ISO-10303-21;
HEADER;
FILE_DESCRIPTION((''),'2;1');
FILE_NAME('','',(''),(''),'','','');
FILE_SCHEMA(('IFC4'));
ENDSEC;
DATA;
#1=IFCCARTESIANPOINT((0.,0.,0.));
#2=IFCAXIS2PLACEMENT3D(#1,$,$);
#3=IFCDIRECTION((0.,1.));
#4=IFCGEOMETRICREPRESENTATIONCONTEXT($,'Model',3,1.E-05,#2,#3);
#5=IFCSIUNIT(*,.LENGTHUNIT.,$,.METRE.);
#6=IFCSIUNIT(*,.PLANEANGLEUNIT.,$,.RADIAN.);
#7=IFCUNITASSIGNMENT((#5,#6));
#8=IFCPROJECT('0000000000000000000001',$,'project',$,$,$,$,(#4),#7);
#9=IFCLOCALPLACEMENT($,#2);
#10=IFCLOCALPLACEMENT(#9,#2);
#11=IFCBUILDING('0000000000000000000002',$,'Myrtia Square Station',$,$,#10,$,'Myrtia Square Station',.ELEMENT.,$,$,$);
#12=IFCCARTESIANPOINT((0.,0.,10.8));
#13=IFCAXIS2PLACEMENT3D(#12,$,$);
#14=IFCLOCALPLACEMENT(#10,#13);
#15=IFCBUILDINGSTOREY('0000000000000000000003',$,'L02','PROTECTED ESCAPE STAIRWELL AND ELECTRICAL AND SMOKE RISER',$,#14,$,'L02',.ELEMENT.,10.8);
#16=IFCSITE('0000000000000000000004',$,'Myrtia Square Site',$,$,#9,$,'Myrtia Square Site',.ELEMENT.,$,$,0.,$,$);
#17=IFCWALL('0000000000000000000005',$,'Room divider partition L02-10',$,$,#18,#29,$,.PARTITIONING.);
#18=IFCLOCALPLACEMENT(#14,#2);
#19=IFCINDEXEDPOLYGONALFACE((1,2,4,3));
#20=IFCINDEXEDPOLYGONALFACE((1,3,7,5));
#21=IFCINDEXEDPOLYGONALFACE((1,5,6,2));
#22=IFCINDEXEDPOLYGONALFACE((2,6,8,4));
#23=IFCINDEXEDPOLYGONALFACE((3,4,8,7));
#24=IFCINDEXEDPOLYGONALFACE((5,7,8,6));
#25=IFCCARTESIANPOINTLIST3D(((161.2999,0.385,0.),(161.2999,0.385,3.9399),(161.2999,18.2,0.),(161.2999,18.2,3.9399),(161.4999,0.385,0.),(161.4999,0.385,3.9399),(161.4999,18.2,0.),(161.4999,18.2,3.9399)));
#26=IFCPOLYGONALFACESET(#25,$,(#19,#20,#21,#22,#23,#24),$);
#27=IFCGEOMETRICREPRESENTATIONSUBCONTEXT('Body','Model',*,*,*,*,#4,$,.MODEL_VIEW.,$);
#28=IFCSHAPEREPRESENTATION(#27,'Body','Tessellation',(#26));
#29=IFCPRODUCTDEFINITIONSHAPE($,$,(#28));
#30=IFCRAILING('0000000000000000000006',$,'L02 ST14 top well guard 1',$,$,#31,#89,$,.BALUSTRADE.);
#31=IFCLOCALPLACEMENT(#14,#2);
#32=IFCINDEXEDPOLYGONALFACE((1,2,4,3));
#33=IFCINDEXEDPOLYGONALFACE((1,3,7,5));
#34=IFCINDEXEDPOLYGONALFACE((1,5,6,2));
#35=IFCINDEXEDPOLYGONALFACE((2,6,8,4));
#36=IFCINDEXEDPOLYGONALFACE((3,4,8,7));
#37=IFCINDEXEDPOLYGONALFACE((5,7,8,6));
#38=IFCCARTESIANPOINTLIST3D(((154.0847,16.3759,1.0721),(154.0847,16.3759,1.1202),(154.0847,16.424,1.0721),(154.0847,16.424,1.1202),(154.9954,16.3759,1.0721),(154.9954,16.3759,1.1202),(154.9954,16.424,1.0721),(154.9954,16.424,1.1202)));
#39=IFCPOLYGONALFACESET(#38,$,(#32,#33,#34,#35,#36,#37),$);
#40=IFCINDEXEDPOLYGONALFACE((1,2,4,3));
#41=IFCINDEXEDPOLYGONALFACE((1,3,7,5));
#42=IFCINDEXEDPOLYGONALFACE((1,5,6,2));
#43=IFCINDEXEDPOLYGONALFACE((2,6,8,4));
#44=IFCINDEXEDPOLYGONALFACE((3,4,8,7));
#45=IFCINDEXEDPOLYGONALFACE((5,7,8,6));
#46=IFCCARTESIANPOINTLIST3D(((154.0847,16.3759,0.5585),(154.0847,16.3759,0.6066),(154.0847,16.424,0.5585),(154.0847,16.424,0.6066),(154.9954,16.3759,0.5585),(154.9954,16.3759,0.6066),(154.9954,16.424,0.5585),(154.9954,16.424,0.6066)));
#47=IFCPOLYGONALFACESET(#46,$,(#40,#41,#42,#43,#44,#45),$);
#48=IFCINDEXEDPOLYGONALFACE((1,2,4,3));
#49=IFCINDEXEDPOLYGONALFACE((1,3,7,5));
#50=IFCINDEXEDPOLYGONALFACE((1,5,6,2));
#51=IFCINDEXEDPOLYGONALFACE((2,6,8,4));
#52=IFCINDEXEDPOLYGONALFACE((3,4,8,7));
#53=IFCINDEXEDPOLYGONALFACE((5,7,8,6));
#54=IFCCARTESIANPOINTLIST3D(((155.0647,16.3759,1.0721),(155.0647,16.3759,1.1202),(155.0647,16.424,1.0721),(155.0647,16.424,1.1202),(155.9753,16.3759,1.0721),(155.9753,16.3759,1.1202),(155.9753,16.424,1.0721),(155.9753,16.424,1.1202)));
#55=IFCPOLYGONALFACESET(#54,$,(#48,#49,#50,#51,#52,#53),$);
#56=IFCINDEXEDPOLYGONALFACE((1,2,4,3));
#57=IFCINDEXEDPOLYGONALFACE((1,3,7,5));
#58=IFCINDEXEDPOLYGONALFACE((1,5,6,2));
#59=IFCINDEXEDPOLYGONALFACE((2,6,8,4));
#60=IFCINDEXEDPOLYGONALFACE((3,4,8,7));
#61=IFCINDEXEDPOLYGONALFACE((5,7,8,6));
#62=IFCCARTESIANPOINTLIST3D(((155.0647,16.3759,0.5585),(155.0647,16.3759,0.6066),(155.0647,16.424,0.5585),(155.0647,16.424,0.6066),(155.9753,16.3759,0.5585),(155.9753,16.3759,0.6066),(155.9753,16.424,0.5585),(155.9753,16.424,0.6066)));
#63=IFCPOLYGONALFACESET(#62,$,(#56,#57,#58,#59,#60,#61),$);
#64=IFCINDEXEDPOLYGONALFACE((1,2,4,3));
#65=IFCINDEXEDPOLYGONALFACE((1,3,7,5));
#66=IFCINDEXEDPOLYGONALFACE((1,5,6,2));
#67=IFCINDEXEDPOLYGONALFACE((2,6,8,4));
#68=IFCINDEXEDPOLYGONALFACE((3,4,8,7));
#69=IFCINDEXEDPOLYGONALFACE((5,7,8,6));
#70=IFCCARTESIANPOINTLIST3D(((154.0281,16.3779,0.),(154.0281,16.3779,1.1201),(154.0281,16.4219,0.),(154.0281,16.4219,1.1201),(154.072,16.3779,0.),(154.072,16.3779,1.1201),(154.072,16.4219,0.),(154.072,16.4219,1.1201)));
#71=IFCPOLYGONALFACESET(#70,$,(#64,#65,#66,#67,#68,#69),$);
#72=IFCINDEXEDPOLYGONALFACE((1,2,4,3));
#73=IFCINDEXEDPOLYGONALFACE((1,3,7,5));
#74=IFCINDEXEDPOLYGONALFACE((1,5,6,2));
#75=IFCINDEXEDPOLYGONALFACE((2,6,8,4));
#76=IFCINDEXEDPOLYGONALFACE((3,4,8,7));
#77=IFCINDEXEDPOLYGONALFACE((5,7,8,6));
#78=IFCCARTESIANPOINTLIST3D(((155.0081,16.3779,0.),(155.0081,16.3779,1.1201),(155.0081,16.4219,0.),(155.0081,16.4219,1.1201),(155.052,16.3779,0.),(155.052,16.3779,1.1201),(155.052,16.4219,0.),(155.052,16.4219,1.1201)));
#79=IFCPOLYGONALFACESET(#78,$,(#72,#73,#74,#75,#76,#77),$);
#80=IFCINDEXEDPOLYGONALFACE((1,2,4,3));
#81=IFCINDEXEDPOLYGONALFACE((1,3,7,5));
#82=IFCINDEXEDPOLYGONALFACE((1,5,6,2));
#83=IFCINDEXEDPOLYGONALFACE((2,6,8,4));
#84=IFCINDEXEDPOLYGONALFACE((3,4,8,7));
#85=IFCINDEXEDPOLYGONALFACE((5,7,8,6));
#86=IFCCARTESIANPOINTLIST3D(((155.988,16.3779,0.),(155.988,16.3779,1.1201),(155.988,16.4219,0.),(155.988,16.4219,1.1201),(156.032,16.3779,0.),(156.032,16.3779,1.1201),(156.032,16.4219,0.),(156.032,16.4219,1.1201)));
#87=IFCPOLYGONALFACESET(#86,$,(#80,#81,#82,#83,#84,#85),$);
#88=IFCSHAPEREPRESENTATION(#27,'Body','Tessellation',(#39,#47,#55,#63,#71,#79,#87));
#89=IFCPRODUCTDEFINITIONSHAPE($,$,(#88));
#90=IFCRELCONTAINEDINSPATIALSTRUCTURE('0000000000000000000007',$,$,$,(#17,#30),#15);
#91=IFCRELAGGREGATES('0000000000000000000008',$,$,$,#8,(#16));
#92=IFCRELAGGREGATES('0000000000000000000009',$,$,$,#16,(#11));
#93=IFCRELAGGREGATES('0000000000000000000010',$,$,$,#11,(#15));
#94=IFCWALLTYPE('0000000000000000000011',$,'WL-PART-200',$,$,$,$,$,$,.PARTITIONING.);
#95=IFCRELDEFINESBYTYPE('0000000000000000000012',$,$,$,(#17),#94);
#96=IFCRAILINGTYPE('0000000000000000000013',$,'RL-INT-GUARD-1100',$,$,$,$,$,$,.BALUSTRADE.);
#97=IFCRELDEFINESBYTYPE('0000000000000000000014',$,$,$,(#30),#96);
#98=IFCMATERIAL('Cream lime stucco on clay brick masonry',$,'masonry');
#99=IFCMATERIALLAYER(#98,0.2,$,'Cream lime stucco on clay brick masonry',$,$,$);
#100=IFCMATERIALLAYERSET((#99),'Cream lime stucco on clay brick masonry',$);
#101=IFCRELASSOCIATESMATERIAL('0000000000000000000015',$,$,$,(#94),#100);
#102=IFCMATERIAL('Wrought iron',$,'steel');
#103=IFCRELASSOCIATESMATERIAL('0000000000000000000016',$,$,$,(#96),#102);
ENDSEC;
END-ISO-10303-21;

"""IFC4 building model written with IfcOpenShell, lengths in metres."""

from ifc_helpers import new_model, si_unit, direction, frame, frame_2d, origin, origin_2d, place, context, subcontext, project, spatial, rectangle, extrude, material, layer, layer_set, type_object, element, save


model = new_model("IFC4")

# Units and contexts
model_context = context("Model", 3, precision=1e-05, world=origin(), true_north=direction((0.0, 1.0)))
body_context = subcontext(model_context, "Body", "Model", "MODEL_VIEW")
ifc_project = project(units=[si_unit("LENGTHUNIT", "METRE"), si_unit("PLANEANGLEUNIT", "RADIAN")], contexts=[model_context])

# Site, building, storey
site_placement = place(None, origin())
site = spatial("IfcSite", under=ifc_project, at=site_placement, Name="Myrtia Square Site", LongName="Myrtia Square Site", CompositionType="ELEMENT", RefElevation=0.0)
building_placement = place(site_placement, origin())
building = spatial("IfcBuilding", under=site, at=building_placement, Name="Myrtia Square Station", LongName="Myrtia Square Station", CompositionType="ELEMENT")
storey_placement = place(building_placement, frame((0.0, 0.0, 10.8)))
storey = spatial("IfcBuildingStorey", under=building, at=storey_placement, Name="L02", Description="PROTECTED ESCAPE STAIRWELL AND ELECTRICAL AND SMOKE RISER", LongName="L02", CompositionType="ELEMENT", Elevation=10.8)

# Shared definitions
ifc_material_1 = material(Name="Cream lime stucco on clay brick masonry", Category="masonry")

# Wall
ifc_layer_1 = layer(ifc_material_1, 0.2, Name="Cream lime stucco on clay brick masonry")
ifc_layer_set_1 = layer_set([ifc_layer_1], Name="Cream lime stucco on clay brick masonry")
wall_type_1 = type_object("IfcWallType", Name="WL-PART-200", PredefinedType="PARTITIONING", material=ifc_layer_set_1)
wall_1_placement = place(storey_placement, frame((161.3999, 0.385, 0.0), z_axis=(0.0, 0.0, 1.0), x_axis=(0.0, 1.0, 0.0)))
element("IfcWall", 1, at=wall_1_placement, inside=storey, type_object=wall_type_1, Name="Room divider partition L02-10", PredefinedType="PARTITIONING", context=body_context, shape_type="SweptSolid", body=[
    extrude(rectangle(XDim=17.8149, YDim=0.2, at=frame_2d((8.9075, 0.0))), origin(), (0.0, 0.0, 1.0), 3.9399),
])

# Railing
ifc_material_2 = material(Name="Wrought iron", Category="steel")
railing_type = type_object("IfcRailingType", Name="RL-INT-GUARD-1100", PredefinedType="BALUSTRADE", material=ifc_material_2)
railing_placement = place(storey_placement, frame((154.05, 16.3999, 0.0)))
element("IfcRailing", 2, at=railing_placement, inside=storey, type_object=railing_type, Name="L02 ST14 top well guard 1", PredefinedType="BALUSTRADE", context=body_context, shape_type="SweptSolid", body=[
    extrude(rectangle(XDim=0.0481, YDim=0.0481, at=origin_2d()), frame((0.0347, 0.0, 1.0962), z_axis=(1.0, 0.0, 0.0), x_axis=(0.0, 1.0, 0.0)), (0.0, 0.0, 1.0), 0.9106),
    extrude(rectangle(XDim=0.0481, YDim=0.0481, at=origin_2d()), frame((0.0347, 0.0, 0.5825), z_axis=(1.0, 0.0, 0.0), x_axis=(0.0, 1.0, 0.0)), (0.0, 0.0, 1.0), 0.9106),
    extrude(rectangle(XDim=0.0481, YDim=0.0481, at=origin_2d()), frame((1.0146, 0.0, 1.0962), z_axis=(1.0, 0.0, 0.0), x_axis=(0.0, 1.0, 0.0)), (0.0, 0.0, 1.0), 0.9106),
    extrude(rectangle(XDim=0.0481, YDim=0.0481, at=origin_2d()), frame((1.0146, 0.0, 0.5825), z_axis=(1.0, 0.0, 0.0), x_axis=(0.0, 1.0, 0.0)), (0.0, 0.0, 1.0), 0.9106),
    extrude(rectangle(XDim=0.0439, YDim=0.0439, at=origin_2d()), origin(), (0.0, 0.0, 1.0), 1.1201),
    extrude(rectangle(XDim=0.0439, YDim=0.0439, at=origin_2d()), frame((0.98, 0.0, 0.0)), (0.0, 0.0, 1.0), 1.1201),
    extrude(rectangle(XDim=0.0439, YDim=0.0439, at=origin_2d()), frame((1.96, 0.0, 0.0)), (0.0, 0.0, 1.0), 1.1201),
])

save(model, "model.ifc")
